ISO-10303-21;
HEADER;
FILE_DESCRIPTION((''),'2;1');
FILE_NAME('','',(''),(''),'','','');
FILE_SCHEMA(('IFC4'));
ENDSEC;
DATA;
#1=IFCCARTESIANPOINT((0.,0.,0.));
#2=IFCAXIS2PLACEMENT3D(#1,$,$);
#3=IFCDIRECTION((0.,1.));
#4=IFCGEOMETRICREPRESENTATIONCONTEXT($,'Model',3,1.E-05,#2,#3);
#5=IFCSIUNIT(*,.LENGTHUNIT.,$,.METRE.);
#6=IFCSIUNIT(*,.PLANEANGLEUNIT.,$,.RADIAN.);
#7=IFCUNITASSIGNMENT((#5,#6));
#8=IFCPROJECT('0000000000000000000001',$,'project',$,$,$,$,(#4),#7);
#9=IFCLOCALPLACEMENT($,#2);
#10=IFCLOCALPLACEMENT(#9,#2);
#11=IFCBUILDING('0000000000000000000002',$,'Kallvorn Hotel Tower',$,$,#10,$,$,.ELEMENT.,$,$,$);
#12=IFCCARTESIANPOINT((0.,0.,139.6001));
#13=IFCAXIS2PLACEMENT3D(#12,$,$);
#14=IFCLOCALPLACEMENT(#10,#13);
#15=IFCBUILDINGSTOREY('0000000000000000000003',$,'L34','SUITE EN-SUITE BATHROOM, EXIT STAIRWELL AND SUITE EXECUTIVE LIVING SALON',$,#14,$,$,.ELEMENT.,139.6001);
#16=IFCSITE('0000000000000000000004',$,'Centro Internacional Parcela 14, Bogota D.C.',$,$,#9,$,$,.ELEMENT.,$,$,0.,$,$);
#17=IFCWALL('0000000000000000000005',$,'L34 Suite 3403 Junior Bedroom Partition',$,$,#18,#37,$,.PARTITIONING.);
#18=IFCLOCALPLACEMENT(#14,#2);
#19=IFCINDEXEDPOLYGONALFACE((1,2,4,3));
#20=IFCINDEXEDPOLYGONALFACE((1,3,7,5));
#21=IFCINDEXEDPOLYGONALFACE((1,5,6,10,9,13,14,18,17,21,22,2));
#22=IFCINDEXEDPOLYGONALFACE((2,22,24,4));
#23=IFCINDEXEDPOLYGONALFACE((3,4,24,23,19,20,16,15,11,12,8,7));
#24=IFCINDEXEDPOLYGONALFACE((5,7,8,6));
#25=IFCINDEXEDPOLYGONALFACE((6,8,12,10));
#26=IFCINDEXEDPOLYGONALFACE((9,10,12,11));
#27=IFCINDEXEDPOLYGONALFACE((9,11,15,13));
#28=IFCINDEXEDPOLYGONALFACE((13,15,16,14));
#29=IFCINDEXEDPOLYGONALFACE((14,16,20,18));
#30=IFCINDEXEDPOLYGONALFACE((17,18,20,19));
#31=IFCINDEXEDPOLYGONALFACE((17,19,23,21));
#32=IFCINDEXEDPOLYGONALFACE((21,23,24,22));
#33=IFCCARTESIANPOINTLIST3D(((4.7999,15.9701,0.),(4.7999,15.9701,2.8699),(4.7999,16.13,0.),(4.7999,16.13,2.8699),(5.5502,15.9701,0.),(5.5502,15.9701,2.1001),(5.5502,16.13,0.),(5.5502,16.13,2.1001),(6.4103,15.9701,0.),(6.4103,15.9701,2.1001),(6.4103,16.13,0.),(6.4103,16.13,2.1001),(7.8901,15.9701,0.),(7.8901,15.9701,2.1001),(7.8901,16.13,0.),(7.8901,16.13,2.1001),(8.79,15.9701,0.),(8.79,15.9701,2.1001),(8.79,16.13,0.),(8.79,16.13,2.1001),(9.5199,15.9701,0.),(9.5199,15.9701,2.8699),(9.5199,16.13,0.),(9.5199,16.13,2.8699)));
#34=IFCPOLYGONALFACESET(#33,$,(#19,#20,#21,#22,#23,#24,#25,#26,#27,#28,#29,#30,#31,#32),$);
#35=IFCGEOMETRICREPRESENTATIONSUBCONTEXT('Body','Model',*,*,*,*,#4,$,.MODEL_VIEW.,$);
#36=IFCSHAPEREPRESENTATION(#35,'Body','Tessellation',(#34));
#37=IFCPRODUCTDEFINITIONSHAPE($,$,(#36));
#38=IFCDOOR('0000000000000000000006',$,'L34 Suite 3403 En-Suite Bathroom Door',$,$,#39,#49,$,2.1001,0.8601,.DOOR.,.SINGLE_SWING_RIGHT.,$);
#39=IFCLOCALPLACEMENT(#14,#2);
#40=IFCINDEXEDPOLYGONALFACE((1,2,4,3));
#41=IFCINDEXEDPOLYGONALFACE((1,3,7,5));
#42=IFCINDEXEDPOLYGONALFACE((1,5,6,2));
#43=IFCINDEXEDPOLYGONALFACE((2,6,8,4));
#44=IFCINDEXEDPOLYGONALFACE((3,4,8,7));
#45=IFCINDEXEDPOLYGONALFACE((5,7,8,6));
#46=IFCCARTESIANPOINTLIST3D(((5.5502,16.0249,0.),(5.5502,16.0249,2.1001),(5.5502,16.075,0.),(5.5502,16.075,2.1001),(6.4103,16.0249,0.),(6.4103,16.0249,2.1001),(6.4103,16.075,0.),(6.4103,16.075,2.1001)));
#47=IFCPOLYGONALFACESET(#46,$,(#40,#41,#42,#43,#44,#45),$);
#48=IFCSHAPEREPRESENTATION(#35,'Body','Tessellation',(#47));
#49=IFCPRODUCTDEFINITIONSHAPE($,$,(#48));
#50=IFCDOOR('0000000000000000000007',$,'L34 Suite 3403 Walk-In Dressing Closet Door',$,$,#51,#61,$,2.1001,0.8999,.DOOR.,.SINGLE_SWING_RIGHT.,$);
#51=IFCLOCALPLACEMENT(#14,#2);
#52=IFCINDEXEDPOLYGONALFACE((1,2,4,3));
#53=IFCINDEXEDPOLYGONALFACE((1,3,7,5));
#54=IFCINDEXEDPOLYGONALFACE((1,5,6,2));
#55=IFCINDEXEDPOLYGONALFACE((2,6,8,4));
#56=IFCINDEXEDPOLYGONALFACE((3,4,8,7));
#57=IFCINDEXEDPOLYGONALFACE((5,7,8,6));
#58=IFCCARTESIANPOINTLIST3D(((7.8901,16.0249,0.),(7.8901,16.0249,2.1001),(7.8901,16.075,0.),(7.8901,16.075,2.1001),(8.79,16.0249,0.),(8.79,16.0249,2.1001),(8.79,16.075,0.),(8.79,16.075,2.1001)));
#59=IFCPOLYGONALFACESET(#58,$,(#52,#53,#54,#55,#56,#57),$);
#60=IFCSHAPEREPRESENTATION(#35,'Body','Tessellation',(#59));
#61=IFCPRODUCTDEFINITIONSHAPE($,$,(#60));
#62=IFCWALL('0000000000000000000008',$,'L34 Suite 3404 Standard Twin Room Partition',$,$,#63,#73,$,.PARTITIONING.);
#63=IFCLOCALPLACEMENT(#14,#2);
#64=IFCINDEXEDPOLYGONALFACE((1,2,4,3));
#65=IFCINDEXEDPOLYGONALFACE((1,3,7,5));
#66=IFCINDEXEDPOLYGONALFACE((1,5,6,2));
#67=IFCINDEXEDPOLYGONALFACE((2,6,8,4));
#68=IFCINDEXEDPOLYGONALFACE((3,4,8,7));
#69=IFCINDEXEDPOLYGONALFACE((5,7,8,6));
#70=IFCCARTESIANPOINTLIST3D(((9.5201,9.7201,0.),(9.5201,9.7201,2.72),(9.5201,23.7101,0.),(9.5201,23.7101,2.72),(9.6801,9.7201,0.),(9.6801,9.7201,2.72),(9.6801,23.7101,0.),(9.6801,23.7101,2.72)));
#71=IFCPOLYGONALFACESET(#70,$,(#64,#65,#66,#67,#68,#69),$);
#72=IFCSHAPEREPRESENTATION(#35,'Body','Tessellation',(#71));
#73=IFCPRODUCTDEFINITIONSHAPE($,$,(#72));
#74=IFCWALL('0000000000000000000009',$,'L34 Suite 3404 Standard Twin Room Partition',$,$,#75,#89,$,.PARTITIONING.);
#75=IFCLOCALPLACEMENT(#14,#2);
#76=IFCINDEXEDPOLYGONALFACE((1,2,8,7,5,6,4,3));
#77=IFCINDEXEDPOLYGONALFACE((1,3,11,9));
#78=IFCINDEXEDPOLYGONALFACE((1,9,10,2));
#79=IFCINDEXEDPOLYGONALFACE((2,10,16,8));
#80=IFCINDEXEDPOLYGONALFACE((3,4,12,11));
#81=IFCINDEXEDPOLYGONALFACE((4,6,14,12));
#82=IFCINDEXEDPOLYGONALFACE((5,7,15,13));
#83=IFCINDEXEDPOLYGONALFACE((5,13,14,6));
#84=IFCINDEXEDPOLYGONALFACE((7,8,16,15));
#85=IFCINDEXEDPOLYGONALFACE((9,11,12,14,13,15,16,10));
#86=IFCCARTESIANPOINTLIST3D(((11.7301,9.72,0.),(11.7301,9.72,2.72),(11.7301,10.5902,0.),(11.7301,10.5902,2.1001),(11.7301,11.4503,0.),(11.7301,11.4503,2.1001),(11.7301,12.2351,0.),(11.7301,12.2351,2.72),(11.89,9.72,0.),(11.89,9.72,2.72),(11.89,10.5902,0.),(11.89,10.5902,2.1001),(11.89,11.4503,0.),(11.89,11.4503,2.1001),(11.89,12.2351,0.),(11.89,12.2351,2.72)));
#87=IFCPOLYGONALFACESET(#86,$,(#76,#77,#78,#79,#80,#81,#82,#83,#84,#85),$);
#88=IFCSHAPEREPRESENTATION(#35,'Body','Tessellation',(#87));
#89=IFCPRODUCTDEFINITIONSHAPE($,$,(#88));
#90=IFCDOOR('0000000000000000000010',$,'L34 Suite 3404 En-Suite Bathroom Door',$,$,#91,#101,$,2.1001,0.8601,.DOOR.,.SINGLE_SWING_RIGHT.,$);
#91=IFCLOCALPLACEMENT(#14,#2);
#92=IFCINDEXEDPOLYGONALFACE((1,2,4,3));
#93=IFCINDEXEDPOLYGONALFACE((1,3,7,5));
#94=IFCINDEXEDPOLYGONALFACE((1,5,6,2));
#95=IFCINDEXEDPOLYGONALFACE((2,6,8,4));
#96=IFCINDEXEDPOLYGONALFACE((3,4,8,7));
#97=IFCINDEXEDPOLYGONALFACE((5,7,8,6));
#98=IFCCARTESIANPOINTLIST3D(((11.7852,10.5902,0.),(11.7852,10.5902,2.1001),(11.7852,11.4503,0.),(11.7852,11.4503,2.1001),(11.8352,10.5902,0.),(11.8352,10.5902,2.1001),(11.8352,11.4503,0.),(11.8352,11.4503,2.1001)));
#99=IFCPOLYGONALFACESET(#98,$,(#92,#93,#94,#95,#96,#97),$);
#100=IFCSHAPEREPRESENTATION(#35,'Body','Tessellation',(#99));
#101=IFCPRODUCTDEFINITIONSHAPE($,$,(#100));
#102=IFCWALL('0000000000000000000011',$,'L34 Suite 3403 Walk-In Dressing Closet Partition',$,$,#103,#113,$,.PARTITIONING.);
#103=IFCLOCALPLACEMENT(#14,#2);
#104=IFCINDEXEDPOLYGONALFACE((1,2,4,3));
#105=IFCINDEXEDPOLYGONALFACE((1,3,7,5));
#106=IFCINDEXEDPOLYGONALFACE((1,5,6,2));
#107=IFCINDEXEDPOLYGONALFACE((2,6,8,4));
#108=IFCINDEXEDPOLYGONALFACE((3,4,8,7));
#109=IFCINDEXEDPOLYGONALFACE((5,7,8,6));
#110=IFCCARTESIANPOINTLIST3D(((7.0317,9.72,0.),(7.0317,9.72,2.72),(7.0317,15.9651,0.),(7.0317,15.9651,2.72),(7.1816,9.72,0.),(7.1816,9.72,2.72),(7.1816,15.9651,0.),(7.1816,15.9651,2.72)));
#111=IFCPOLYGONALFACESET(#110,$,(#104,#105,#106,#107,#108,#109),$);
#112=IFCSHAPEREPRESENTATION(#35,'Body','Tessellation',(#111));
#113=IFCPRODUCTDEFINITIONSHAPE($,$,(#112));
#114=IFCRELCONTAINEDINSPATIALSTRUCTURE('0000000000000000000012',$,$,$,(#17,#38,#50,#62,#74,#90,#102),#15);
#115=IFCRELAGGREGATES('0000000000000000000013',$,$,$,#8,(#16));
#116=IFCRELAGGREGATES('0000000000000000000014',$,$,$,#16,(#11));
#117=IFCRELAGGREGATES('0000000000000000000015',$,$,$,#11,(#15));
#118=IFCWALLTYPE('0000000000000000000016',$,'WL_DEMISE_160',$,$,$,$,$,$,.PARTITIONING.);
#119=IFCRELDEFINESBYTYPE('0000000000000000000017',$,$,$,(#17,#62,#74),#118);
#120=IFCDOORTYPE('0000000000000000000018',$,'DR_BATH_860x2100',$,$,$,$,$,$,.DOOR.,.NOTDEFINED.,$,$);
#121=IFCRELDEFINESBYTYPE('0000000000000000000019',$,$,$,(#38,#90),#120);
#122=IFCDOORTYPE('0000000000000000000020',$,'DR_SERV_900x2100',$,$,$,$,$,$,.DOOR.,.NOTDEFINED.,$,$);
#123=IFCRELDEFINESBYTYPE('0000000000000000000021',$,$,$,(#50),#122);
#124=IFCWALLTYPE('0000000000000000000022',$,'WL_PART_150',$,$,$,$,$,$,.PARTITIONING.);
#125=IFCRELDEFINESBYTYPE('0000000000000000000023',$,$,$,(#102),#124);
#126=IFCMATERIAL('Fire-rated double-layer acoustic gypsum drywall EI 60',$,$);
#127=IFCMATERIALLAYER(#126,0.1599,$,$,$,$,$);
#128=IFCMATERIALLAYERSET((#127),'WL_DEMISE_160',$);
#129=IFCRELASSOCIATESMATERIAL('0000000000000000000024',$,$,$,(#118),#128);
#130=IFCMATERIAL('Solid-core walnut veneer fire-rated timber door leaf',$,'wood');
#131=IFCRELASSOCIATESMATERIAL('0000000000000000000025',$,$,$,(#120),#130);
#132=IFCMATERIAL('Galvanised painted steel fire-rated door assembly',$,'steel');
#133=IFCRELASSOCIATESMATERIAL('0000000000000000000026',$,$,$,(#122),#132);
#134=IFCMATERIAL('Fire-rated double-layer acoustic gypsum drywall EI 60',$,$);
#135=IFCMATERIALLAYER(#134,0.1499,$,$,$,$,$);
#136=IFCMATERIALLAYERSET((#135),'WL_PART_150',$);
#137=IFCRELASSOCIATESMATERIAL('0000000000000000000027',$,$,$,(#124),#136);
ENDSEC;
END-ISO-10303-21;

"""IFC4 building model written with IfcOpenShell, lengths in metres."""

from ifc_helpers import new_model, si_unit, direction, frame, frame_2d, origin, place, context, subcontext, project, spatial, rectangle, extrude, material, layer, layer_set, type_object, element, fill, save


model = new_model("IFC4")

# Units and contexts
model_context = context("Model", 3, precision=1e-05, world=origin(), true_north=direction((0.0, 1.0)))
body_context = subcontext(model_context, "Body", "Model", "MODEL_VIEW")
ifc_project = project(units=[si_unit("LENGTHUNIT", "METRE"), si_unit("PLANEANGLEUNIT", "RADIAN")], contexts=[model_context])

# Site, building, storey
site_placement = place(None, origin())
site = spatial("IfcSite", under=ifc_project, at=site_placement, Name="Centro Internacional Parcela 14, Bogota D.C.", CompositionType="ELEMENT", RefElevation=0.0)
building_placement = place(site_placement, origin())
building = spatial("IfcBuilding", under=site, at=building_placement, Name="Kallvorn Hotel Tower", CompositionType="ELEMENT")
storey_placement = place(building_placement, frame((0.0, 0.0, 139.6001)))
storey = spatial("IfcBuildingStorey", under=building, at=storey_placement, Name="L34", Description="SUITE EN-SUITE BATHROOM, EXIT STAIRWELL AND SUITE EXECUTIVE LIVING SALON", CompositionType="ELEMENT", Elevation=139.6001)

# Shared definitions
ifc_material_1 = material(Name="Fire-rated double-layer acoustic gypsum drywall EI 60")
ifc_layer_1 = layer(ifc_material_1, 0.1599)
ifc_layer_set_1 = layer_set([ifc_layer_1], Name="WL_DEMISE_160")
wall_type_1 = type_object("IfcWallType", Name="WL_DEMISE_160", PredefinedType="PARTITIONING", material=ifc_layer_set_1)

# Wall, openings, doors
wall_1_placement = place(storey_placement, frame((4.8, 16.05, 0.0), z_axis=(0.0, 0.0, 1.0), x_axis=(1.0, 0.0, 0.0)))
wall_1 = element("IfcWall", 1, at=wall_1_placement, inside=storey, type_object=wall_type_1, Name="L34 Suite 3403 Junior Bedroom Partition", PredefinedType="PARTITIONING", context=body_context, shape_type="SweptSolid", body=[
    extrude(rectangle(XDim=4.72, YDim=0.1599, at=frame_2d((2.3599, 0.0))), origin(), (0.0, 0.0, 1.0), 2.8699),
])
opening_1_placement = place(wall_1_placement, frame((0.75, 0.0, 0.0)))
opening_1 = element("IfcOpeningElement", 2, at=opening_1_placement, cuts=wall_1, PredefinedType="OPENING", context=body_context, shape_type="SweptSolid", body=[
    extrude(rectangle(XDim=0.8601, YDim=2.1001, at=frame_2d((0.4302, 1.05))), frame((0.0, 0.095, 0.0), z_axis=(0.0, -1.0, 0.0), x_axis=(1.0, 0.0, 0.0)), (0.0, 0.0, 1.0), 0.1899),
])
opening_2_placement = place(wall_1_placement, frame((3.0901, 0.0, 0.0)))
opening_2 = element("IfcOpeningElement", 3, at=opening_2_placement, cuts=wall_1, PredefinedType="OPENING", context=body_context, shape_type="SweptSolid", body=[
    extrude(rectangle(XDim=0.8999, YDim=2.1001, at=frame_2d((0.45, 1.05))), frame((0.0, 0.095, 0.0), z_axis=(0.0, -1.0, 0.0), x_axis=(1.0, 0.0, 0.0)), (0.0, 0.0, 1.0), 0.1899),
])
ifc_material_2 = material(Name="Solid-core walnut veneer fire-rated timber door leaf", Category="wood")
door_type_1 = type_object("IfcDoorType", Name="DR_BATH_860x2100", OperationType="NOTDEFINED", PredefinedType="DOOR", material=ifc_material_2)
door_1_placement = place(opening_1_placement, origin())
door_1 = element("IfcDoor", 4, at=door_1_placement, inside=storey, type_object=door_type_1, Name="L34 Suite 3403 En-Suite Bathroom Door", OperationType="SINGLE_SWING_RIGHT", OverallHeight=2.1001, OverallWidth=0.8601, PredefinedType="DOOR", context=body_context, shape_type="SweptSolid", body=[
    extrude(rectangle(XDim=0.8601, YDim=2.1001, at=frame_2d((0.4302, 1.05))), frame((0.0, 0.0249, 0.0), z_axis=(0.0, -1.0, 0.0), x_axis=(1.0, 0.0, 0.0)), (0.0, 0.0, 1.0), 0.05),
])
fill(opening_1, door_1)
ifc_material_3 = material(Name="Galvanised painted steel fire-rated door assembly", Category="steel")
door_type_2 = type_object("IfcDoorType", Name="DR_SERV_900x2100", OperationType="NOTDEFINED", PredefinedType="DOOR", material=ifc_material_3)
door_2_placement = place(opening_2_placement, origin())
door_2 = element("IfcDoor", 5, at=door_2_placement, inside=storey, type_object=door_type_2, Name="L34 Suite 3403 Walk-In Dressing Closet Door", OperationType="SINGLE_SWING_RIGHT", OverallHeight=2.1001, OverallWidth=0.8999, PredefinedType="DOOR", context=body_context, shape_type="SweptSolid", body=[
    extrude(rectangle(XDim=0.8999, YDim=2.1001, at=frame_2d((0.45, 1.05))), frame((0.0, 0.0249, 0.0), z_axis=(0.0, -1.0, 0.0), x_axis=(1.0, 0.0, 0.0)), (0.0, 0.0, 1.0), 0.05),
])
fill(opening_2, door_2)

# Wall
wall_2_placement = place(storey_placement, frame((9.6001, 9.72, 0.0), z_axis=(0.0, 0.0, 1.0), x_axis=(0.0, 1.0, 0.0)))
element("IfcWall", 6, at=wall_2_placement, inside=storey, type_object=wall_type_1, Name="L34 Suite 3404 Standard Twin Room Partition", PredefinedType="PARTITIONING", context=body_context, shape_type="SweptSolid", body=[
    extrude(rectangle(XDim=13.99, YDim=0.1599, at=frame_2d((6.9951, 0.0))), origin(), (0.0, 0.0, 1.0), 2.72),
])

# Wall, opening, door
wall_3_placement = place(storey_placement, frame((11.8101, 9.72, 0.0), z_axis=(0.0, 0.0, 1.0), x_axis=(0.0, 1.0, 0.0)))
wall_3 = element("IfcWall", 7, at=wall_3_placement, inside=storey, type_object=wall_type_1, Name="L34 Suite 3404 Standard Twin Room Partition", PredefinedType="PARTITIONING", context=body_context, shape_type="SweptSolid", body=[
    extrude(rectangle(XDim=2.5151, YDim=0.1599, at=frame_2d((1.2576, 0.0))), origin(), (0.0, 0.0, 1.0), 2.72),
])
opening_3_placement = place(wall_3_placement, frame((0.8701, 0.0, 0.0)))
opening_3 = element("IfcOpeningElement", 8, at=opening_3_placement, cuts=wall_3, PredefinedType="OPENING", context=body_context, shape_type="SweptSolid", body=[
    extrude(rectangle(XDim=0.8601, YDim=2.1001, at=frame_2d((0.4302, 1.05))), frame((0.0, 0.095, 0.0), z_axis=(0.0, -1.0, 0.0), x_axis=(1.0, 0.0, 0.0)), (0.0, 0.0, 1.0), 0.1899),
])
door_3_placement = place(opening_3_placement, origin())
door_3 = element("IfcDoor", 9, at=door_3_placement, inside=storey, type_object=door_type_1, Name="L34 Suite 3404 En-Suite Bathroom Door", OperationType="SINGLE_SWING_RIGHT", OverallHeight=2.1001, OverallWidth=0.8601, PredefinedType="DOOR", context=body_context, shape_type="SweptSolid", body=[
    extrude(rectangle(XDim=0.8601, YDim=2.1001, at=frame_2d((0.4302, 1.05))), frame((0.0, 0.0249, 0.0), z_axis=(0.0, -1.0, 0.0), x_axis=(1.0, 0.0, 0.0)), (0.0, 0.0, 1.0), 0.05),
])
fill(opening_3, door_3)

# Wall
ifc_material_4 = material(Name="Fire-rated double-layer acoustic gypsum drywall EI 60")
ifc_layer_2 = layer(ifc_material_4, 0.1499)
ifc_layer_set_2 = layer_set([ifc_layer_2], Name="WL_PART_150")
wall_type_2 = type_object("IfcWallType", Name="WL_PART_150", PredefinedType="PARTITIONING", material=ifc_layer_set_2)
wall_4_placement = place(storey_placement, frame((7.1067, 9.72, 0.0), z_axis=(0.0, 0.0, 1.0), x_axis=(0.0, 1.0, 0.0)))
element("IfcWall", 10, at=wall_4_placement, inside=storey, type_object=wall_type_2, Name="L34 Suite 3403 Walk-In Dressing Closet Partition", PredefinedType="PARTITIONING", context=body_context, shape_type="SweptSolid", body=[
    extrude(rectangle(XDim=6.2451, YDim=0.1499, at=frame_2d((3.1226, 0.0))), origin(), (0.0, 0.0, 1.0), 2.72),
])

save(model, "model.ifc")
